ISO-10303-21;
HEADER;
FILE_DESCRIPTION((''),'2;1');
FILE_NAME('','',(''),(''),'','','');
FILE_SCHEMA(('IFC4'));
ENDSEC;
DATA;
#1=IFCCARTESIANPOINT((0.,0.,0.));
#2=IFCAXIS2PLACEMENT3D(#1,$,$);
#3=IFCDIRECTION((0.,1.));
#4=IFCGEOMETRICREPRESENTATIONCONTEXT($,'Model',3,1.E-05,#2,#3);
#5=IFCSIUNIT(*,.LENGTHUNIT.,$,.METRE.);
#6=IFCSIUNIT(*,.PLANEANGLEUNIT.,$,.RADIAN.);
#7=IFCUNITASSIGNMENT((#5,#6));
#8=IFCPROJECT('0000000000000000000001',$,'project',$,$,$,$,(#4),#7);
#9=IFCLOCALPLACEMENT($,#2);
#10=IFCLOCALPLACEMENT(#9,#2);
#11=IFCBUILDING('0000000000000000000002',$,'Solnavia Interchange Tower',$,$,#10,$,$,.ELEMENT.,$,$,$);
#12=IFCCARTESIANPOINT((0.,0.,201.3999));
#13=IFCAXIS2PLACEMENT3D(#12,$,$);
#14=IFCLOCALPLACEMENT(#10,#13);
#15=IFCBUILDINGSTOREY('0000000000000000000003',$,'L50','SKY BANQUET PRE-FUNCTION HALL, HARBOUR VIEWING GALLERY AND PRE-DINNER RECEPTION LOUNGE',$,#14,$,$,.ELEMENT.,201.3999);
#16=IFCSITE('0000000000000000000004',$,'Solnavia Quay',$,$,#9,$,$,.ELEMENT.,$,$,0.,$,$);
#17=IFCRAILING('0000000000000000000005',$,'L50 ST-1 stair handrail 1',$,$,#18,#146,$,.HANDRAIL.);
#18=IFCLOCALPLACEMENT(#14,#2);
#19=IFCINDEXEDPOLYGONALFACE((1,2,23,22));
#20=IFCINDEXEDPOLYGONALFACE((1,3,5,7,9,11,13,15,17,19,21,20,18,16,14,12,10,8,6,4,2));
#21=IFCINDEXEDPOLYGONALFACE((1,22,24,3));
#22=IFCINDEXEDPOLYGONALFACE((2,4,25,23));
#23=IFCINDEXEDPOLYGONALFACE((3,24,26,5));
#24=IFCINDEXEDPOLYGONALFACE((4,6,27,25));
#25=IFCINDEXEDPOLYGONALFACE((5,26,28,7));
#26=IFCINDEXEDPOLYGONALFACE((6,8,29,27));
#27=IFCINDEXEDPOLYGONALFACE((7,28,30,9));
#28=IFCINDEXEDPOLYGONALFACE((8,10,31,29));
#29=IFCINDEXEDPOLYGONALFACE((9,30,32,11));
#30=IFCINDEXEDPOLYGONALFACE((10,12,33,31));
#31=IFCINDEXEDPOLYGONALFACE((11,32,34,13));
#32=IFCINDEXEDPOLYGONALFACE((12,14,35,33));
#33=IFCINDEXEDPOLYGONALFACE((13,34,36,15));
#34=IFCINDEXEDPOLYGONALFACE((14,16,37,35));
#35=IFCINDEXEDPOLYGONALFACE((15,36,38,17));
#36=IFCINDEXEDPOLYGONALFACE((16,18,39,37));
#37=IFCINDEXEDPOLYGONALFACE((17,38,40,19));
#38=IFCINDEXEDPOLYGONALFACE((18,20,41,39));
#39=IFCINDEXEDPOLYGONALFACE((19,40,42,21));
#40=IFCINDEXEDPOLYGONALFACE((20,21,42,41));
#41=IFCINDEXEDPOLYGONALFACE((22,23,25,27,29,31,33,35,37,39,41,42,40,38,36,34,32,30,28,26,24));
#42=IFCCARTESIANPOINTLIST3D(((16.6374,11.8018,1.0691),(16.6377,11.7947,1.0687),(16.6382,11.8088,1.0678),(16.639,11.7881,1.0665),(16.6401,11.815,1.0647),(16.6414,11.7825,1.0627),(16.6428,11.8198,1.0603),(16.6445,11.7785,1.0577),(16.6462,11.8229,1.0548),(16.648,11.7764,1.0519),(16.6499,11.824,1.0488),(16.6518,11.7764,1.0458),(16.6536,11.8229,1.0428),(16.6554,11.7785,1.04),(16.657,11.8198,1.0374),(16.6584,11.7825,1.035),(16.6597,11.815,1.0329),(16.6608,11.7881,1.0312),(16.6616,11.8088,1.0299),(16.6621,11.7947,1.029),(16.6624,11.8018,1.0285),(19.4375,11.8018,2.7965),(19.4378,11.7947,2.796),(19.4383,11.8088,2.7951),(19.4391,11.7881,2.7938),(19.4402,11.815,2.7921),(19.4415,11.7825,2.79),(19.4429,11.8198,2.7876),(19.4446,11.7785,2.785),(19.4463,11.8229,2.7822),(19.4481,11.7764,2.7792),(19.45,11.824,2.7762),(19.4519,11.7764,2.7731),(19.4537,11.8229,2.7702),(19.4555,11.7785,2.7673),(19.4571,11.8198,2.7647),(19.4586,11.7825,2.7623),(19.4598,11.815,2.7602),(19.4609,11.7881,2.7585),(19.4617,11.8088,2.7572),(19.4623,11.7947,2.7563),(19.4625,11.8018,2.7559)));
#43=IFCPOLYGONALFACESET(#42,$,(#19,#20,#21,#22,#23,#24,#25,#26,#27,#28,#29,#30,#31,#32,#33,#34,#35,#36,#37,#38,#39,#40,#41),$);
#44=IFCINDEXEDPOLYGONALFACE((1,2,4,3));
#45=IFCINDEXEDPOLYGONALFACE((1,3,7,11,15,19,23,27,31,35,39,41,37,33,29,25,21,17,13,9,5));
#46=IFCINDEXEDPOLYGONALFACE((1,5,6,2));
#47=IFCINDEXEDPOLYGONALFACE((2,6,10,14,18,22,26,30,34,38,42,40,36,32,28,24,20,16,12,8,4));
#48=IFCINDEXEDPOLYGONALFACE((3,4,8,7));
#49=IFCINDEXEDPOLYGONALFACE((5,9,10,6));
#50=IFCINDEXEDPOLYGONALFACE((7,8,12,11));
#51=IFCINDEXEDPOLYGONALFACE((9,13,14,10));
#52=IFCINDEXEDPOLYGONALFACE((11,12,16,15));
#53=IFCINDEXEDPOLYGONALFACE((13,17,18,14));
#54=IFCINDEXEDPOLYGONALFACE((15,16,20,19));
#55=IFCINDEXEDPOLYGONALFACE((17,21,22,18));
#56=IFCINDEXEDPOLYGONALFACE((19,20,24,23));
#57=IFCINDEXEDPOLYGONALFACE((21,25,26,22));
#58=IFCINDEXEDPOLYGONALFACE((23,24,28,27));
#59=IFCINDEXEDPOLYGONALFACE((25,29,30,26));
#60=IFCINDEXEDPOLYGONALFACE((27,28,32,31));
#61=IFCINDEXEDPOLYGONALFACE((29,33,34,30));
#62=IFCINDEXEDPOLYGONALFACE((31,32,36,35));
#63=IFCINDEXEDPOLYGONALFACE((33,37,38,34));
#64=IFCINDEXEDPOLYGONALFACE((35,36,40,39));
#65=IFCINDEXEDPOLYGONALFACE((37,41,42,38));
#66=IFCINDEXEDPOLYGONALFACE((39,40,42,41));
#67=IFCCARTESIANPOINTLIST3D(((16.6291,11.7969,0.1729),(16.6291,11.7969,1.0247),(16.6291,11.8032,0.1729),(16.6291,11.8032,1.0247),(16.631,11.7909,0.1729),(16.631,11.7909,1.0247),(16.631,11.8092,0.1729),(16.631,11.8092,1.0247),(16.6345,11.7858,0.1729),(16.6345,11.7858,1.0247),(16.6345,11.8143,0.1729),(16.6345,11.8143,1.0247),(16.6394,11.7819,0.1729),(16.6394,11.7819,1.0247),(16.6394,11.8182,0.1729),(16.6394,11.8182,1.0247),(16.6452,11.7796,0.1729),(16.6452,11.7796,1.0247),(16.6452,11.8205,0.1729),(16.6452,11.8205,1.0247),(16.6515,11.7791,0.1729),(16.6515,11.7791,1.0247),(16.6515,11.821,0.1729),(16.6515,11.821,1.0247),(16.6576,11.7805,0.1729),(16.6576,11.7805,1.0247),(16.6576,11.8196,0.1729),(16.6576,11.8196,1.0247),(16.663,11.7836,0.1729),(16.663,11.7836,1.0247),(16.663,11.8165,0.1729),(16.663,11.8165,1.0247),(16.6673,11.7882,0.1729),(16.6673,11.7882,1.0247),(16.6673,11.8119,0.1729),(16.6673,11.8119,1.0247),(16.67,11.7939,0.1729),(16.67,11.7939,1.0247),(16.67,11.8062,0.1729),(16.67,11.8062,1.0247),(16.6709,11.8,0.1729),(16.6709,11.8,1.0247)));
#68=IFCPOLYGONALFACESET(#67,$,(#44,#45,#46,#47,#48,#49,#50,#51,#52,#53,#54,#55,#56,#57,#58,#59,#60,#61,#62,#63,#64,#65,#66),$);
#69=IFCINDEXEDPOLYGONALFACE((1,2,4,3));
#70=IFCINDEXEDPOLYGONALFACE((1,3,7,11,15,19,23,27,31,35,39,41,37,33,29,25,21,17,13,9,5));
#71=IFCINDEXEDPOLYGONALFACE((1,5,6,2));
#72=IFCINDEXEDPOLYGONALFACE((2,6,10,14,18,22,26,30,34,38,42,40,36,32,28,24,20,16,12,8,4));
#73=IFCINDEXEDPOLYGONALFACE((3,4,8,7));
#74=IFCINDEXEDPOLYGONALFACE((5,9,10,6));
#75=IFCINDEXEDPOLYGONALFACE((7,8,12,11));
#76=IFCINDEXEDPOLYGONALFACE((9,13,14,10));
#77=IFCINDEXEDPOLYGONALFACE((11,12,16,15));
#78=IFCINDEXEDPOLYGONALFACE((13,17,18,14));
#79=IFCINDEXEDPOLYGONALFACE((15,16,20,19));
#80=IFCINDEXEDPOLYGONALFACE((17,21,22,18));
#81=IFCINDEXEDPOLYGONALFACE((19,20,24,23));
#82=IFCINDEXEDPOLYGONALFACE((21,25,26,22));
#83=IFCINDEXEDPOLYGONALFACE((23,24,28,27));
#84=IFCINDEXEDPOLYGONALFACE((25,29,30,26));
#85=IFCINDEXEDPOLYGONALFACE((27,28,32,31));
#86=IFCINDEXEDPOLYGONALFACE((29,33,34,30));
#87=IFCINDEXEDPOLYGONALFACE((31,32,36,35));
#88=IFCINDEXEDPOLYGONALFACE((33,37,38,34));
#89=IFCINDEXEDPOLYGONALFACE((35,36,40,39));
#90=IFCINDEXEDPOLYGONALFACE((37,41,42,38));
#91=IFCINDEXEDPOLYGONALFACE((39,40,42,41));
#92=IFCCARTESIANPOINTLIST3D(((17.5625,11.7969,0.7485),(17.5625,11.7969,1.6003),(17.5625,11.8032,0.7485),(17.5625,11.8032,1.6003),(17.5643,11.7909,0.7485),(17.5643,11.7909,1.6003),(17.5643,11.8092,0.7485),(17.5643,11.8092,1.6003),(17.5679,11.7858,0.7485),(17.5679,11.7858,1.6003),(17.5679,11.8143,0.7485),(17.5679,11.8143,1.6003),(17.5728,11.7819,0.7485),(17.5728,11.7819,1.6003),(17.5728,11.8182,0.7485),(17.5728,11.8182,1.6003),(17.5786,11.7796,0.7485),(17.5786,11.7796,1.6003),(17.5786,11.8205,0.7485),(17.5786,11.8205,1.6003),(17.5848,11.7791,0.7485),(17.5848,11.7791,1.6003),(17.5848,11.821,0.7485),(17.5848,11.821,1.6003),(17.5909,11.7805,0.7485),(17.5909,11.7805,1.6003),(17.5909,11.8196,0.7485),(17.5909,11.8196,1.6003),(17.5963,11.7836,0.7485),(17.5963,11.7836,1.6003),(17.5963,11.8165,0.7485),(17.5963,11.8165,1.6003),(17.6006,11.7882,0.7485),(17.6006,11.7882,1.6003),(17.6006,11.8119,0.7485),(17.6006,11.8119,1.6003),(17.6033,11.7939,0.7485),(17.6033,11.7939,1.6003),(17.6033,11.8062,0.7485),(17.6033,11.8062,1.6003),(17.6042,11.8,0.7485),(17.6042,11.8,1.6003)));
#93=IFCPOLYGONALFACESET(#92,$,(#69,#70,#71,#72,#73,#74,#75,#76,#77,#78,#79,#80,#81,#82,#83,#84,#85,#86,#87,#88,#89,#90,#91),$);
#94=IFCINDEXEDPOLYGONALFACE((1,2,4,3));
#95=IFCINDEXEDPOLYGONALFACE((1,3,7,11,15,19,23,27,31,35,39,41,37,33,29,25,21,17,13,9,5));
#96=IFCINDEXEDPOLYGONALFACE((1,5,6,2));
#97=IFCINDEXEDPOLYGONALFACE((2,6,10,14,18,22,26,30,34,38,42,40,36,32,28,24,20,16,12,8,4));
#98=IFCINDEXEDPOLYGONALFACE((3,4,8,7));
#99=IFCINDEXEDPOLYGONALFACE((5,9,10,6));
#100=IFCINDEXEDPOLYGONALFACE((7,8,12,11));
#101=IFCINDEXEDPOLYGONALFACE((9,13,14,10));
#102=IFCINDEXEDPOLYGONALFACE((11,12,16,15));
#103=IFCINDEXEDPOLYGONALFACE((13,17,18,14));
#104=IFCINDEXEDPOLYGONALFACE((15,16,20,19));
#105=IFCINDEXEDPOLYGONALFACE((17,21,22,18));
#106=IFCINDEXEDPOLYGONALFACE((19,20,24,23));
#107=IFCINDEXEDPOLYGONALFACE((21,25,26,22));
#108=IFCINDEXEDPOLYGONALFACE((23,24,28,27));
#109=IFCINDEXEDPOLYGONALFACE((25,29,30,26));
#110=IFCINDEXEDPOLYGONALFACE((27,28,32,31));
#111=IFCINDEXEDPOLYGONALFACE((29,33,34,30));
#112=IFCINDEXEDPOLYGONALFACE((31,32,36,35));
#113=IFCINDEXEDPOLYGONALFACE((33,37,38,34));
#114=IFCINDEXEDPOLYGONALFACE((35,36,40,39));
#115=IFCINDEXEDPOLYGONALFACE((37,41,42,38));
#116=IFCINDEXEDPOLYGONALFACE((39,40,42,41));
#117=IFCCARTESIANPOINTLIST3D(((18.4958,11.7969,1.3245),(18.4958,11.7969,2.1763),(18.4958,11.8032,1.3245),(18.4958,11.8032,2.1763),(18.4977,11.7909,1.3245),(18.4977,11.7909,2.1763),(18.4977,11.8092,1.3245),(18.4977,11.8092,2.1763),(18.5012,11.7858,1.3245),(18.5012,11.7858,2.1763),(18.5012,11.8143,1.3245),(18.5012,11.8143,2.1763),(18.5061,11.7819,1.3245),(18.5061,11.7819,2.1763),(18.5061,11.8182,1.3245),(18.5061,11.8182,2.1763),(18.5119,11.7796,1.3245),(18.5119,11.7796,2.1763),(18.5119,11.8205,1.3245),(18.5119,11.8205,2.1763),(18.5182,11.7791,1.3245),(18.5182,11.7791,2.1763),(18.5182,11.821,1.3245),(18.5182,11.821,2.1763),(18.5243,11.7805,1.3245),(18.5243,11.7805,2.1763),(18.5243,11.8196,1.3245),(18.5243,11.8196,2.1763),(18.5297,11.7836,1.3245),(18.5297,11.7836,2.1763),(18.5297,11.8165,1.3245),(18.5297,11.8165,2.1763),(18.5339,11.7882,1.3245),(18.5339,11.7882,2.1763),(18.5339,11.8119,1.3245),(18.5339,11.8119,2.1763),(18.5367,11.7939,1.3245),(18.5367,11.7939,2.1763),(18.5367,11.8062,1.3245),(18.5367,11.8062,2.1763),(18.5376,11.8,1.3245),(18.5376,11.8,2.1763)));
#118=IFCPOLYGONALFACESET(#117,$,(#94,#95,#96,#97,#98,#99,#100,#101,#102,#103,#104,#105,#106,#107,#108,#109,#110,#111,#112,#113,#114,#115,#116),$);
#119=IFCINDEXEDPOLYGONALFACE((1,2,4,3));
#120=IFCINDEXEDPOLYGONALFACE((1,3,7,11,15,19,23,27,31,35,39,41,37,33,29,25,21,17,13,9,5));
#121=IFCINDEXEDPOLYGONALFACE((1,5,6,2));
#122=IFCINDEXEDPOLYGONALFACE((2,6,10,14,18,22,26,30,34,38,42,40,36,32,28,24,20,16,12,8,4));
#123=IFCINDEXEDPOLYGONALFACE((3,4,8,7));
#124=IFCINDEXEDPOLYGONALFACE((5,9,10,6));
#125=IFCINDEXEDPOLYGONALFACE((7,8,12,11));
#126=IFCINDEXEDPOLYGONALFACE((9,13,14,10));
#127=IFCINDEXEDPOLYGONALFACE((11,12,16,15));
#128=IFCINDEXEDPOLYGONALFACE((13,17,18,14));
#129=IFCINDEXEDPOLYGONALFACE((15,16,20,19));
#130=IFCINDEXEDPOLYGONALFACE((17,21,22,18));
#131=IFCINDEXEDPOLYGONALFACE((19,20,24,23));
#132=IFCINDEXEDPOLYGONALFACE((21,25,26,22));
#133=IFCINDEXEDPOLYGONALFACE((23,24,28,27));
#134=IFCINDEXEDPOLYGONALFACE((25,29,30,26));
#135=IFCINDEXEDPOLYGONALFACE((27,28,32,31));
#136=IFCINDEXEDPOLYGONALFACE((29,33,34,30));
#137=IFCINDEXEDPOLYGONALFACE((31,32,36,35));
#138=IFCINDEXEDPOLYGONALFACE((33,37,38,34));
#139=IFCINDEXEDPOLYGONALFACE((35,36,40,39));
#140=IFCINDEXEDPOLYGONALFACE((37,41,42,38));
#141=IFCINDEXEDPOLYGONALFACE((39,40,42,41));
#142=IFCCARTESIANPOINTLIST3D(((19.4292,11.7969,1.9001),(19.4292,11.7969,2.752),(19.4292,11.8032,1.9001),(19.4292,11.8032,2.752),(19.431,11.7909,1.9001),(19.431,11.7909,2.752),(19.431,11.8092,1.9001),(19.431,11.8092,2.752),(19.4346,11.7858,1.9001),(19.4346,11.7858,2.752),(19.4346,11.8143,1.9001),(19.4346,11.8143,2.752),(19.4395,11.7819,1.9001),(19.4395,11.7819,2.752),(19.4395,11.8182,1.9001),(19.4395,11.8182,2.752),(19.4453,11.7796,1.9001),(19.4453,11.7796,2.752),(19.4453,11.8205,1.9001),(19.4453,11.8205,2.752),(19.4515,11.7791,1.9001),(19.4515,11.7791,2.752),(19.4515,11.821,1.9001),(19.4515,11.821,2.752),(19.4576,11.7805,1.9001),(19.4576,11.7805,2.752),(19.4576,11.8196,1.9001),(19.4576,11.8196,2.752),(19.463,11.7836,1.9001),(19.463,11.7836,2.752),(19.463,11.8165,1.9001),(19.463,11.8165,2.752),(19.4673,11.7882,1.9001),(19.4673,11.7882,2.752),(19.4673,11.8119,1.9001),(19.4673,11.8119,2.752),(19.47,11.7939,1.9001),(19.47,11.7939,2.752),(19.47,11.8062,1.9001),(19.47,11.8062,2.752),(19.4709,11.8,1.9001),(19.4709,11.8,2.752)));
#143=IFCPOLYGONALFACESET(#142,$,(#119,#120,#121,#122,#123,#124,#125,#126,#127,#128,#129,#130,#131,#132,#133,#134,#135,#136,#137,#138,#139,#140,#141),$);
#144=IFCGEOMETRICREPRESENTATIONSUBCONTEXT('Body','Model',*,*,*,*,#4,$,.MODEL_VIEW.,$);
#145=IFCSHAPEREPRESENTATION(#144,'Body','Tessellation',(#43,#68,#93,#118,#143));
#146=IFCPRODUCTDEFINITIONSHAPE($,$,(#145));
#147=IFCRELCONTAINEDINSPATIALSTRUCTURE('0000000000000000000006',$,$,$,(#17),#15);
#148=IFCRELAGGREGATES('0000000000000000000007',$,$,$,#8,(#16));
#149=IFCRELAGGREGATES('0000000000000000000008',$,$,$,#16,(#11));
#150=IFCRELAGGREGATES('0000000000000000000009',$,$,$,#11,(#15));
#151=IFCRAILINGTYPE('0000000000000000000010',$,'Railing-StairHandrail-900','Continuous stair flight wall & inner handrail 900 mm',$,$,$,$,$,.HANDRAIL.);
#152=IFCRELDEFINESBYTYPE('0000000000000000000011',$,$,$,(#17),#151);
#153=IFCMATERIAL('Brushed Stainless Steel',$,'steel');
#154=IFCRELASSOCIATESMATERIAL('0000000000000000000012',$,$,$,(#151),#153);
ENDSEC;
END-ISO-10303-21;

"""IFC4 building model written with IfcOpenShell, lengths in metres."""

from ifc_helpers import new_model, si_unit, direction, frame, origin, origin_2d, place, context, subcontext, project, spatial, circle, extrude, material, type_object, element, save


model = new_model("IFC4")

# Units and contexts
model_context = context("Model", 3, precision=1e-05, world=origin(), true_north=direction((0.0, 1.0)))
body_context = subcontext(model_context, "Body", "Model", "MODEL_VIEW")
ifc_project = project(units=[si_unit("LENGTHUNIT", "METRE"), si_unit("PLANEANGLEUNIT", "RADIAN")], contexts=[model_context])

# Site, building, storey
site_placement = place(None, origin())
site = spatial("IfcSite", under=ifc_project, at=site_placement, Name="Solnavia Quay", CompositionType="ELEMENT", RefElevation=0.0)
building_placement = place(site_placement, origin())
building = spatial("IfcBuilding", under=site, at=building_placement, Name="Solnavia Interchange Tower", CompositionType="ELEMENT")
storey_placement = place(building_placement, frame((0.0, 0.0, 201.3999)))
storey = spatial("IfcBuildingStorey", under=building, at=storey_placement, Name="L50", Description="SKY BANQUET PRE-FUNCTION HALL, HARBOUR VIEWING GALLERY AND PRE-DINNER RECEPTION LOUNGE", CompositionType="ELEMENT", Elevation=201.3999)

# Railing
ifc_material_1 = material(Name="Brushed Stainless Steel", Category="steel")
railing_type = type_object("IfcRailingType", Name="Railing-StairHandrail-900", Description="Continuous stair flight wall & inner handrail 900 mm", PredefinedType="HANDRAIL", material=ifc_material_1)
railing_placement = place(storey_placement, frame((16.6499, 11.8, 0.1729)))
element("IfcRailing", 1, at=railing_placement, inside=storey, type_object=railing_type, Name="L50 ST-1 stair handrail 1", PredefinedType="HANDRAIL", context=body_context, shape_type="SweptSolid", body=[
    extrude(circle(Radius=0.0239, at=origin_2d()), frame((0.0, 0.0, 0.876), z_axis=(0.85109, 0.0, 0.52502), x_axis=(0.0, 1.0, 0.0)), (0.0, 0.0, 1.0), 3.29),
    extrude(circle(Radius=0.021, at=origin_2d()), origin(), (0.0, 0.0, 1.0), 0.8518),
    extrude(circle(Radius=0.021, at=origin_2d()), frame((0.9333, 0.0, 0.5757)), (0.0, 0.0, 1.0), 0.8518),
    extrude(circle(Radius=0.021, at=origin_2d()), frame((1.8667, 0.0, 1.1516)), (0.0, 0.0, 1.0), 0.8518),
    extrude(circle(Radius=0.021, at=origin_2d()), frame((2.8, 0.0, 1.7273)), (0.0, 0.0, 1.0), 0.8518),
])

save(model, "model.ifc")
